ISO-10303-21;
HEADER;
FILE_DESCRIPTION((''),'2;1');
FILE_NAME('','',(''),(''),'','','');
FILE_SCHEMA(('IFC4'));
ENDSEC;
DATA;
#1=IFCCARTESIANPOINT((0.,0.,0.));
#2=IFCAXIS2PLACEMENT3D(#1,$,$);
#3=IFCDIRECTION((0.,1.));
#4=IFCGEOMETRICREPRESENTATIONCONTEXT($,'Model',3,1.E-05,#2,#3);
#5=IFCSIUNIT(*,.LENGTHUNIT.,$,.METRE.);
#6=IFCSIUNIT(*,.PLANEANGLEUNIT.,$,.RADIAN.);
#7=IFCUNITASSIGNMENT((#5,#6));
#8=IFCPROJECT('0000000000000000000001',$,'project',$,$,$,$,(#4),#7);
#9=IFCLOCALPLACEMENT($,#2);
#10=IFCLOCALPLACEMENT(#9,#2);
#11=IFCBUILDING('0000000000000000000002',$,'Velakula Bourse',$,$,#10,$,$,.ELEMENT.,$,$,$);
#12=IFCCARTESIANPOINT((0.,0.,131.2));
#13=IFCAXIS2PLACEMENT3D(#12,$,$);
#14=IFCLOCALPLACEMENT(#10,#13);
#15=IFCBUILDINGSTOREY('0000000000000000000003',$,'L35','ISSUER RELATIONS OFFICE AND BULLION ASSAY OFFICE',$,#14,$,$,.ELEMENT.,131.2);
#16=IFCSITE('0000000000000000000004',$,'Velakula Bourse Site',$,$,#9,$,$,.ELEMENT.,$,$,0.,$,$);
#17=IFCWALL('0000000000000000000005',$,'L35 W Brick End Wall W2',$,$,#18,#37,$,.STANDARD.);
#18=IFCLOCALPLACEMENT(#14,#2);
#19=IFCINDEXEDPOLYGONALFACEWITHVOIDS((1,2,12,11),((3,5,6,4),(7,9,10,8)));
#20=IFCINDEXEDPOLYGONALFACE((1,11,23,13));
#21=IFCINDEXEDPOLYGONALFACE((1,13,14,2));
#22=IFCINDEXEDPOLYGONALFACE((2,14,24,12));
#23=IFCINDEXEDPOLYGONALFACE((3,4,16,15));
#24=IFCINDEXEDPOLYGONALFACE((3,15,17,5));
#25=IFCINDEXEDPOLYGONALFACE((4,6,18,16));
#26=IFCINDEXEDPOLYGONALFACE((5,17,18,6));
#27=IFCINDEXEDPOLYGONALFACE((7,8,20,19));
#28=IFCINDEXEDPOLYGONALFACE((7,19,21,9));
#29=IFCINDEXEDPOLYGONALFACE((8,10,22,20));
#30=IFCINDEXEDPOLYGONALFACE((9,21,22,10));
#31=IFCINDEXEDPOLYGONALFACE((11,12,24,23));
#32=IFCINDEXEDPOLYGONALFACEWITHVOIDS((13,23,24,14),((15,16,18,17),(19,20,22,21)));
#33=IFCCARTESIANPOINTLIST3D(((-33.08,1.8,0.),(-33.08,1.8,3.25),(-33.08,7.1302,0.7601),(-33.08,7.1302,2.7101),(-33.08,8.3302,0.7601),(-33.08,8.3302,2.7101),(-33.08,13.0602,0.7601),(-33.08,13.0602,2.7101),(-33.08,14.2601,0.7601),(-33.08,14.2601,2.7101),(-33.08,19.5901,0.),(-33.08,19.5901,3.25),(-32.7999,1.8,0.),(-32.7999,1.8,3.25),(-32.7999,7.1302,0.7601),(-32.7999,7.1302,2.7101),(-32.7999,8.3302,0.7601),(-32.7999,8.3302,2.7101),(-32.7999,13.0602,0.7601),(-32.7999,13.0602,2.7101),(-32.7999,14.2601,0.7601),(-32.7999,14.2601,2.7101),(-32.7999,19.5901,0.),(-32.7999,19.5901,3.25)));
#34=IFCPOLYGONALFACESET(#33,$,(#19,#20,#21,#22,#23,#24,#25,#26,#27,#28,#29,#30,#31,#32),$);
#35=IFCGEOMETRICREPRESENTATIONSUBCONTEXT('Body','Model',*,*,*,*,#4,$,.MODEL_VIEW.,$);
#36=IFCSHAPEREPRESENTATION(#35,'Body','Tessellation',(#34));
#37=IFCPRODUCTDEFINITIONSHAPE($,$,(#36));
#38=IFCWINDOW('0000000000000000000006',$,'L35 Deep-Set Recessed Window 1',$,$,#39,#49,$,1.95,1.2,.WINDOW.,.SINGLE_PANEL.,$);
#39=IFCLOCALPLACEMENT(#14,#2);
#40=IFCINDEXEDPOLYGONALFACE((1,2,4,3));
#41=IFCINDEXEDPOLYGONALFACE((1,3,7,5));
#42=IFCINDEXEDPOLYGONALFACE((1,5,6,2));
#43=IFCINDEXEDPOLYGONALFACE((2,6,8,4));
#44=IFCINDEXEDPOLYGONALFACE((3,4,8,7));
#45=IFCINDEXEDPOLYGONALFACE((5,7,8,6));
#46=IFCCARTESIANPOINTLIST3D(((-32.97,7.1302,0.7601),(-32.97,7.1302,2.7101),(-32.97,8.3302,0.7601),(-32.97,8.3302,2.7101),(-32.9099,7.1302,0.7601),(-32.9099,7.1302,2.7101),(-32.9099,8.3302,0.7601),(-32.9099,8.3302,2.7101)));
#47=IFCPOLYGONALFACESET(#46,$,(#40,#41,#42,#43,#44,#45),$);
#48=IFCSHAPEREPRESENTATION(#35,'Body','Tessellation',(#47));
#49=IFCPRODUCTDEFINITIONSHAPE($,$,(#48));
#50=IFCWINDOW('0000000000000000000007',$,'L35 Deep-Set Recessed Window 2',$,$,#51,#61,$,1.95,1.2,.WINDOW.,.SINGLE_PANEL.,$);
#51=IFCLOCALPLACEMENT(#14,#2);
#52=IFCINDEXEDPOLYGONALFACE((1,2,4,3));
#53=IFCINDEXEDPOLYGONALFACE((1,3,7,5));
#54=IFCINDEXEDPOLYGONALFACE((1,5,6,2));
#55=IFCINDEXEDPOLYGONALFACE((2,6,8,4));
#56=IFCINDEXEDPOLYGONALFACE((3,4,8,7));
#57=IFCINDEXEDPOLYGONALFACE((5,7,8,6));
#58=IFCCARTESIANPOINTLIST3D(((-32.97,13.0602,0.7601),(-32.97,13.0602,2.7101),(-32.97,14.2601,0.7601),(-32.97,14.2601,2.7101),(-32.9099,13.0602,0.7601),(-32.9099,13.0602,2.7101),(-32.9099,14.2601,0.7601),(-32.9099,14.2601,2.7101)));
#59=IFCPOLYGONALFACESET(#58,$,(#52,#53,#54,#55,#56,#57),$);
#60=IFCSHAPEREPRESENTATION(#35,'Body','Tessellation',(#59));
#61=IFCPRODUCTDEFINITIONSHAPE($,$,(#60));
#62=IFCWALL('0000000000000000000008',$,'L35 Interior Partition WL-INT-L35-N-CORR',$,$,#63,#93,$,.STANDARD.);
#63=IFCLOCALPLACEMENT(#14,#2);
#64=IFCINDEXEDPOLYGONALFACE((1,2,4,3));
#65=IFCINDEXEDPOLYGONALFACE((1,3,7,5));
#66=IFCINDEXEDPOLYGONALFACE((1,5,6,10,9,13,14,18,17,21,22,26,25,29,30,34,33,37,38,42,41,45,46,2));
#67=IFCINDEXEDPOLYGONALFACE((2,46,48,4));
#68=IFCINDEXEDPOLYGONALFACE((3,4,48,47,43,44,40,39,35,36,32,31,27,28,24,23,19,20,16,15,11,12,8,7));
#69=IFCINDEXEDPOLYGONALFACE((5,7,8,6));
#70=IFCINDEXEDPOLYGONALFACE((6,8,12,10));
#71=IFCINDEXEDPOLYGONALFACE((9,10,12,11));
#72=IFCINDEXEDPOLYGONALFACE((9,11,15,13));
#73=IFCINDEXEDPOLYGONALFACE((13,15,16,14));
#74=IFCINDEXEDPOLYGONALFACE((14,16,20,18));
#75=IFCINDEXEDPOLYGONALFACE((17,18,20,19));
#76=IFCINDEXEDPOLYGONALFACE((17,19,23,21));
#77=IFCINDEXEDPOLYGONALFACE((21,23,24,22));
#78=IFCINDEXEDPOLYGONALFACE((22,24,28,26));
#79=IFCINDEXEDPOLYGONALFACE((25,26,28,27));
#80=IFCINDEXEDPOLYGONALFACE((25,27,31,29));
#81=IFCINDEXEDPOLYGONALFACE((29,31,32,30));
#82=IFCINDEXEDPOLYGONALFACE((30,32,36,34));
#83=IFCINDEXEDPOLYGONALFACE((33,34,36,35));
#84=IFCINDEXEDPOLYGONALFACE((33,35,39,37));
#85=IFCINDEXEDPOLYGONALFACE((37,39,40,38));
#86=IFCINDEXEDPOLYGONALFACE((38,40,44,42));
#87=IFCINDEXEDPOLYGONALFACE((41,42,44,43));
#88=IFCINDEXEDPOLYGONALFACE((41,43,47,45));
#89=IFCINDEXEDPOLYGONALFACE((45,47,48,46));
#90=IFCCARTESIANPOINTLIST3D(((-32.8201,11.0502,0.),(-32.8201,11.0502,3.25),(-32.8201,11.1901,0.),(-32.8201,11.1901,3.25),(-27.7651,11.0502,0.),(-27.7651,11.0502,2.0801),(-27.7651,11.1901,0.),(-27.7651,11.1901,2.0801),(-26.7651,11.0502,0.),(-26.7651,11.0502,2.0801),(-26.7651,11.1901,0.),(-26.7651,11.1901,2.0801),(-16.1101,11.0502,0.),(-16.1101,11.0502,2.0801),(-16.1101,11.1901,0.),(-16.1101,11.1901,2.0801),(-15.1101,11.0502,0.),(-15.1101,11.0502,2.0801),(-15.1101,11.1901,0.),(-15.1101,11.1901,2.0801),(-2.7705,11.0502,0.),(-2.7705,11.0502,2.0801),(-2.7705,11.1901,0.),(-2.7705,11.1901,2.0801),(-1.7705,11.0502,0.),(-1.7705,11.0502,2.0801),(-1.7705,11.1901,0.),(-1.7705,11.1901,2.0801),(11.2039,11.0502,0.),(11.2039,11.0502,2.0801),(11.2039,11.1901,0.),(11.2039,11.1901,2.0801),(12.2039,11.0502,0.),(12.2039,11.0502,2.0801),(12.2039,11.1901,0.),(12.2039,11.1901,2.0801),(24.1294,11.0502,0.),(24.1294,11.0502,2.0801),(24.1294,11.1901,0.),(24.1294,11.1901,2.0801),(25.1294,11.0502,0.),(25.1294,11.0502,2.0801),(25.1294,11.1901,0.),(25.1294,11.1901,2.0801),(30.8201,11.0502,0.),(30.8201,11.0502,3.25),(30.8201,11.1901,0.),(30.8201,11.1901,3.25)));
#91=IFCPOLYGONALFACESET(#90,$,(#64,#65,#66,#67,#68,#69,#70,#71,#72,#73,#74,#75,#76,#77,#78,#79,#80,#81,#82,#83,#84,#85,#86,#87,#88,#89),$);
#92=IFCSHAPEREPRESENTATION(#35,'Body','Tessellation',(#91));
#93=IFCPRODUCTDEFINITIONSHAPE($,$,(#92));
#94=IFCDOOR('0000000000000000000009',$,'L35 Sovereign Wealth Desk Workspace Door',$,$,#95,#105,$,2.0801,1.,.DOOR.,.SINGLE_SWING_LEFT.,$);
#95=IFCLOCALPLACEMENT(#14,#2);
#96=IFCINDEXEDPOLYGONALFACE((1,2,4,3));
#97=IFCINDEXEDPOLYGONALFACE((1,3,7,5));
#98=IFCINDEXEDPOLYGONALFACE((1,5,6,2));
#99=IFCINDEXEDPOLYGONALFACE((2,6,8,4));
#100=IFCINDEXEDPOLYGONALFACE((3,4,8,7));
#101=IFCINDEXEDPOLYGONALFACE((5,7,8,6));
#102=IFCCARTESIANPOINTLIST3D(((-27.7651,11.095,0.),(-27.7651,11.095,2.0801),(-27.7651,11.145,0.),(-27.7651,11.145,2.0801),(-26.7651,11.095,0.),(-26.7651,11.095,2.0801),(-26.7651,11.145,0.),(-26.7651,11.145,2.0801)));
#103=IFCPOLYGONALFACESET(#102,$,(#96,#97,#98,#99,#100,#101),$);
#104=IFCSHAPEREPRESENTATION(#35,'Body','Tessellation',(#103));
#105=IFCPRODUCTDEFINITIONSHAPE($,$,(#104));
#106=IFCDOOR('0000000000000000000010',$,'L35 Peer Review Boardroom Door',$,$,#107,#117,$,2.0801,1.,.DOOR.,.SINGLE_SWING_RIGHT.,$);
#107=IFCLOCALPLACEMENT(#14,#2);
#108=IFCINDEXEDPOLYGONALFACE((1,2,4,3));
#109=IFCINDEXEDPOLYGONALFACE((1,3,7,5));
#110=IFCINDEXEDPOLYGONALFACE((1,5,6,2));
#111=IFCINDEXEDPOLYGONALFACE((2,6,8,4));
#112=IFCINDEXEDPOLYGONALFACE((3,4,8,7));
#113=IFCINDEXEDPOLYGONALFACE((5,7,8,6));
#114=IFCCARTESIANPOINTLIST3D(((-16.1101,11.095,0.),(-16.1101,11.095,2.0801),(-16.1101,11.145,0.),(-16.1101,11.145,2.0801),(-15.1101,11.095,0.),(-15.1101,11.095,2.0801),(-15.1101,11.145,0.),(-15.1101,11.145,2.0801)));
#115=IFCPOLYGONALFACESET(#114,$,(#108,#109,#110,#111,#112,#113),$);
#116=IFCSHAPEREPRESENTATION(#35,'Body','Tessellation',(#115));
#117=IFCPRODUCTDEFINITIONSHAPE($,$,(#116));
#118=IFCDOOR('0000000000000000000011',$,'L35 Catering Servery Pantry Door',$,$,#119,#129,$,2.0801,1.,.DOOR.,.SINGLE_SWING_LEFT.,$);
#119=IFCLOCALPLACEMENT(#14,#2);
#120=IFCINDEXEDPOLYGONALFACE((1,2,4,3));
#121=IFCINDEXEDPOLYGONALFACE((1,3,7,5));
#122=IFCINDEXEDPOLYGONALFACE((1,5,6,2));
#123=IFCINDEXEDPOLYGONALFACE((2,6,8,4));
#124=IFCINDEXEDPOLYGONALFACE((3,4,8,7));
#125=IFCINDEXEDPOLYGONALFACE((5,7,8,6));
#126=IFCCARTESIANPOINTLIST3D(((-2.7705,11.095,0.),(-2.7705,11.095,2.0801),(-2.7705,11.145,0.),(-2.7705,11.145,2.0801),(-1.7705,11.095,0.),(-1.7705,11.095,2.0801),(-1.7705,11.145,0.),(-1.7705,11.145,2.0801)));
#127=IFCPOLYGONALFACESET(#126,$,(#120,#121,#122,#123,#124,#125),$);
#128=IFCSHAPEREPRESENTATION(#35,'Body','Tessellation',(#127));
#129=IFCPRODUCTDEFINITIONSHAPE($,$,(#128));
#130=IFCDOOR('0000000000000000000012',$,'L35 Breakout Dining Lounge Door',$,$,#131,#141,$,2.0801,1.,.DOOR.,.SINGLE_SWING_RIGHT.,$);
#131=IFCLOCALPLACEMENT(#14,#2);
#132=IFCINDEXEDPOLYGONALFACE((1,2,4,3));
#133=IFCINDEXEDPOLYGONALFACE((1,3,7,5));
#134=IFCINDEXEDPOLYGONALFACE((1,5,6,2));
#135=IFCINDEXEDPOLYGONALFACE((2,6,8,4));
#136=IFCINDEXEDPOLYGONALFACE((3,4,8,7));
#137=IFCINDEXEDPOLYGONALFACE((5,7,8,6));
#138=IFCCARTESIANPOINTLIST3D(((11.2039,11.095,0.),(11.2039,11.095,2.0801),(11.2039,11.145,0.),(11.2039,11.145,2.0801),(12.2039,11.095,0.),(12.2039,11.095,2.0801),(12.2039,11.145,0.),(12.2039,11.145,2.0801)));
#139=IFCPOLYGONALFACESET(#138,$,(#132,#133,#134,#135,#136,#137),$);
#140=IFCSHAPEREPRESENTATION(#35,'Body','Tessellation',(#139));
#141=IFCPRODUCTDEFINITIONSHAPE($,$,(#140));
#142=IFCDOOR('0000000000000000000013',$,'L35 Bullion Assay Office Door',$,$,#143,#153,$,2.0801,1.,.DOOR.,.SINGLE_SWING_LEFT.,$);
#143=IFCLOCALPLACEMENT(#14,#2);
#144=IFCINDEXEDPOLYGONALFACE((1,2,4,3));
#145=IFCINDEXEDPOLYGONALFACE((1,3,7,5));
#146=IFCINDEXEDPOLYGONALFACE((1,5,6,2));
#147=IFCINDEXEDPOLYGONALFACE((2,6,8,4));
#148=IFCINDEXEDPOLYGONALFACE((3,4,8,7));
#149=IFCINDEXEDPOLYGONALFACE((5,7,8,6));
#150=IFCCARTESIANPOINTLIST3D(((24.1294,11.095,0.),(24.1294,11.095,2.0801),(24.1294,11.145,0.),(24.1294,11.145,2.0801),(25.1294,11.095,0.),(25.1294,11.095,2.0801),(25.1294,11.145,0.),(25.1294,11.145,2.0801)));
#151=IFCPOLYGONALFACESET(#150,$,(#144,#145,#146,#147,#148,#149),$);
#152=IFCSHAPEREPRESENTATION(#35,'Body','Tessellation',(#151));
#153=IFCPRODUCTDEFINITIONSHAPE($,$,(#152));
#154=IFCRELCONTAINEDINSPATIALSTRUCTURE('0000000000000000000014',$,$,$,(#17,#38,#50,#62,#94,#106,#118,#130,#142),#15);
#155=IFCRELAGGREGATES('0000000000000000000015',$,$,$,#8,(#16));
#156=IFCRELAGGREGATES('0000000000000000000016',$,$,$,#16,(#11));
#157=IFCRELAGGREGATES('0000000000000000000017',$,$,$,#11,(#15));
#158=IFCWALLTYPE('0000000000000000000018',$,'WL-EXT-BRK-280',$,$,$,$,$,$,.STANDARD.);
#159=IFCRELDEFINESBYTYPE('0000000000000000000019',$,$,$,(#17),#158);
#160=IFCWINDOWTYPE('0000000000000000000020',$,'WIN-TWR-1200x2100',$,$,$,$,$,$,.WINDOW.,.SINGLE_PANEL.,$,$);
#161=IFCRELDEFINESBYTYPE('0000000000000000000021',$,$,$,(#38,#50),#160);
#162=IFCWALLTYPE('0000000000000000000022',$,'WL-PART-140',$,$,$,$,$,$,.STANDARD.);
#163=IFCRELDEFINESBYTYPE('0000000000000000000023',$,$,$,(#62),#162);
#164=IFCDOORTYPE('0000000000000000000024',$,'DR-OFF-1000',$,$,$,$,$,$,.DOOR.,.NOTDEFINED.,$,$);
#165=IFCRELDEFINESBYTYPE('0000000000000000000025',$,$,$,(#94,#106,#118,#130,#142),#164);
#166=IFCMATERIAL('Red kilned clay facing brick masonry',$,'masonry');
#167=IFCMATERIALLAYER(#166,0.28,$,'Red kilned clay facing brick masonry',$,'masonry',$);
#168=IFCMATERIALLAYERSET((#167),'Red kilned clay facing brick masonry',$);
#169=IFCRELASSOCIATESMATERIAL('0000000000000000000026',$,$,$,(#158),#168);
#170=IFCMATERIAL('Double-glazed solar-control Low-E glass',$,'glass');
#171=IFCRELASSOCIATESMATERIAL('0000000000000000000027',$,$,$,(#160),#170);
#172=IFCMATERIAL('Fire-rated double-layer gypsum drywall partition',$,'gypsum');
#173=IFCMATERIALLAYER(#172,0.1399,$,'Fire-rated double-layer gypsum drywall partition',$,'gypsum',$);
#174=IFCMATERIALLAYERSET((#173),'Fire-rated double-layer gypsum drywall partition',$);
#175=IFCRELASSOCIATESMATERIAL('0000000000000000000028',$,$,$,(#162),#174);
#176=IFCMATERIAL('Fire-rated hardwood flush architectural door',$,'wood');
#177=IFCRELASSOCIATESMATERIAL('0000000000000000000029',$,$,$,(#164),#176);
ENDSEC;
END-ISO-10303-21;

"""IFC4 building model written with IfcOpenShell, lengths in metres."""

from ifc_helpers import new_model, si_unit, direction, frame, frame_2d, origin, place, context, subcontext, project, spatial, rectangle, extrude, material, layer, layer_set, type_object, element, fill, save


model = new_model("IFC4")

# Units and contexts
model_context = context("Model", 3, precision=1e-05, world=origin(), true_north=direction((0.0, 1.0)))
body_context = subcontext(model_context, "Body", "Model", "MODEL_VIEW")
ifc_project = project(units=[si_unit("LENGTHUNIT", "METRE"), si_unit("PLANEANGLEUNIT", "RADIAN")], contexts=[model_context])

# Site, building, storey
site_placement = place(None, origin())
site = spatial("IfcSite", under=ifc_project, at=site_placement, Name="Velakula Bourse Site", CompositionType="ELEMENT", RefElevation=0.0)
building_placement = place(site_placement, origin())
building = spatial("IfcBuilding", under=site, at=building_placement, Name="Velakula Bourse", CompositionType="ELEMENT")
storey_placement = place(building_placement, frame((0.0, 0.0, 131.2)))
storey = spatial("IfcBuildingStorey", under=building, at=storey_placement, Name="L35", Description="ISSUER RELATIONS OFFICE AND BULLION ASSAY OFFICE", CompositionType="ELEMENT", Elevation=131.2)

# Wall, openings, windows
ifc_material_1 = material(Name="Red kilned clay facing brick masonry", Category="masonry")
ifc_layer_1 = layer(ifc_material_1, 0.28, Name="Red kilned clay facing brick masonry", Category="masonry")
ifc_layer_set_1 = layer_set([ifc_layer_1], Name="Red kilned clay facing brick masonry")
wall_type_1 = type_object("IfcWallType", Name="WL-EXT-BRK-280", PredefinedType="STANDARD", material=ifc_layer_set_1)
wall_1_placement = place(storey_placement, frame((-32.9399, 1.8, 0.0), z_axis=(0.0, 0.0, 1.0), x_axis=(0.0, 1.0, 0.0)))
wall_1 = element("IfcWall", 1, at=wall_1_placement, inside=storey, type_object=wall_type_1, Name="L35 W Brick End Wall W2", PredefinedType="STANDARD", context=body_context, shape_type="SweptSolid", body=[
    extrude(rectangle(XDim=17.79, YDim=0.28, at=frame_2d((8.895, 0.0))), origin(), (0.0, 0.0, 1.0), 3.25),
])
opening_1_placement = place(wall_1_placement, frame((5.3301, 0.0, 0.76)))
opening_1 = element("IfcOpeningElement", 2, at=opening_1_placement, cuts=wall_1, PredefinedType="OPENING", context=body_context, shape_type="SweptSolid", body=[
    extrude(rectangle(XDim=1.2, YDim=1.95, at=frame_2d((0.6001, 0.9751))), frame((0.0, 0.1499, 0.0), z_axis=(0.0, -1.0, 0.0), x_axis=(1.0, 0.0, 0.0)), (0.0, 0.0, 1.0), 0.3),
])
opening_2_placement = place(wall_1_placement, frame((11.26, 0.0, 0.76)))
opening_2 = element("IfcOpeningElement", 3, at=opening_2_placement, cuts=wall_1, PredefinedType="OPENING", context=body_context, shape_type="SweptSolid", body=[
    extrude(rectangle(XDim=1.2, YDim=1.95, at=frame_2d((0.6001, 0.9751))), frame((0.0, 0.1499, 0.0), z_axis=(0.0, -1.0, 0.0), x_axis=(1.0, 0.0, 0.0)), (0.0, 0.0, 1.0), 0.3),
])
ifc_material_2 = material(Name="Double-glazed solar-control Low-E glass", Category="glass")
window_type = type_object("IfcWindowType", Name="WIN-TWR-1200x2100", PartitioningType="SINGLE_PANEL", PredefinedType="WINDOW", material=ifc_material_2)
window_1_placement = place(opening_1_placement, origin())
window_1 = element("IfcWindow", 4, at=window_1_placement, inside=storey, type_object=window_type, Name="L35 Deep-Set Recessed Window 1", OverallHeight=1.95, OverallWidth=1.2, PartitioningType="SINGLE_PANEL", PredefinedType="WINDOW", context=body_context, shape_type="SweptSolid", body=[
    extrude(rectangle(XDim=1.2, YDim=1.95, at=frame_2d((0.6001, 0.9751))), frame((0.0, 0.03, 0.0), z_axis=(0.0, -1.0, 0.0), x_axis=(1.0, 0.0, 0.0)), (0.0, 0.0, 1.0), 0.0601),
])
fill(opening_1, window_1)
window_2_placement = place(opening_2_placement, origin())
window_2 = element("IfcWindow", 5, at=window_2_placement, inside=storey, type_object=window_type, Name="L35 Deep-Set Recessed Window 2", OverallHeight=1.95, OverallWidth=1.2, PartitioningType="SINGLE_PANEL", PredefinedType="WINDOW", context=body_context, shape_type="SweptSolid", body=[
    extrude(rectangle(XDim=1.2, YDim=1.95, at=frame_2d((0.6001, 0.9751))), frame((0.0, 0.03, 0.0), z_axis=(0.0, -1.0, 0.0), x_axis=(1.0, 0.0, 0.0)), (0.0, 0.0, 1.0), 0.0601),
])
fill(opening_2, window_2)

# Wall, openings, doors
ifc_material_3 = material(Name="Fire-rated double-layer gypsum drywall partition", Category="gypsum")
ifc_layer_2 = layer(ifc_material_3, 0.1399, Name="Fire-rated double-layer gypsum drywall partition", Category="gypsum")
ifc_layer_set_2 = layer_set([ifc_layer_2], Name="Fire-rated double-layer gypsum drywall partition")
wall_type_2 = type_object("IfcWallType", Name="WL-PART-140", PredefinedType="STANDARD", material=ifc_layer_set_2)
wall_2_placement = place(storey_placement, frame((-32.8201, 11.1201, 0.0), z_axis=(0.0, 0.0, 1.0), x_axis=(1.0, 0.0, 0.0)))
wall_2 = element("IfcWall", 6, at=wall_2_placement, inside=storey, type_object=wall_type_2, Name="L35 Interior Partition WL-INT-L35-N-CORR", PredefinedType="STANDARD", context=body_context, shape_type="SweptSolid", body=[
    extrude(rectangle(XDim=63.6401, YDim=0.1399, at=frame_2d((31.8201, 0.0))), origin(), (0.0, 0.0, 1.0), 3.25),
])
opening_3_placement = place(wall_2_placement, frame((5.0549, 0.0, 0.0)))
opening_3 = element("IfcOpeningElement", 7, at=opening_3_placement, cuts=wall_2, PredefinedType="OPENING", context=body_context, shape_type="SweptSolid", body=[
    extrude(rectangle(XDim=1.0, YDim=2.0801, at=frame_2d((0.5, 1.04))), frame((0.0, 0.0798, 0.0), z_axis=(0.0, -1.0, 0.0), x_axis=(1.0, 0.0, 0.0)), (0.0, 0.0, 1.0), 0.1599),
])
opening_4_placement = place(wall_2_placement, frame((16.71, 0.0, 0.0)))
opening_4 = element("IfcOpeningElement", 8, at=opening_4_placement, cuts=wall_2, PredefinedType="OPENING", context=body_context, shape_type="SweptSolid", body=[
    extrude(rectangle(XDim=1.0, YDim=2.0801, at=frame_2d((0.5, 1.04))), frame((0.0, 0.0798, 0.0), z_axis=(0.0, -1.0, 0.0), x_axis=(1.0, 0.0, 0.0)), (0.0, 0.0, 1.0), 0.1599),
])
opening_5_placement = place(wall_2_placement, frame((30.0496, 0.0, 0.0)))
opening_5 = element("IfcOpeningElement", 9, at=opening_5_placement, cuts=wall_2, PredefinedType="OPENING", context=body_context, shape_type="SweptSolid", body=[
    extrude(rectangle(XDim=1.0, YDim=2.0801, at=frame_2d((0.5, 1.04))), frame((0.0, 0.0798, 0.0), z_axis=(0.0, -1.0, 0.0), x_axis=(1.0, 0.0, 0.0)), (0.0, 0.0, 1.0), 0.1599),
])
opening_6_placement = place(wall_2_placement, frame((44.0239, 0.0, 0.0)))
opening_6 = element("IfcOpeningElement", 10, at=opening_6_placement, cuts=wall_2, PredefinedType="OPENING", context=body_context, shape_type="SweptSolid", body=[
    extrude(rectangle(XDim=1.0, YDim=2.0801, at=frame_2d((0.5, 1.04))), frame((0.0, 0.0798, 0.0), z_axis=(0.0, -1.0, 0.0), x_axis=(1.0, 0.0, 0.0)), (0.0, 0.0, 1.0), 0.1599),
])
opening_7_placement = place(wall_2_placement, frame((56.9495, 0.0, 0.0)))
opening_7 = element("IfcOpeningElement", 11, at=opening_7_placement, cuts=wall_2, PredefinedType="OPENING", context=body_context, shape_type="SweptSolid", body=[
    extrude(rectangle(XDim=1.0, YDim=2.0801, at=frame_2d((0.5, 1.04))), frame((0.0, 0.0798, 0.0), z_axis=(0.0, -1.0, 0.0), x_axis=(1.0, 0.0, 0.0)), (0.0, 0.0, 1.0), 0.1599),
])
ifc_material_4 = material(Name="Fire-rated hardwood flush architectural door", Category="wood")
door_type = type_object("IfcDoorType", Name="DR-OFF-1000", OperationType="NOTDEFINED", PredefinedType="DOOR", material=ifc_material_4)
door_1_placement = place(opening_3_placement, origin())
door_1 = element("IfcDoor", 12, at=door_1_placement, inside=storey, type_object=door_type, Name="L35 Sovereign Wealth Desk Workspace Door", OperationType="SINGLE_SWING_LEFT", OverallHeight=2.0801, OverallWidth=1.0, PredefinedType="DOOR", context=body_context, shape_type="SweptSolid", body=[
    extrude(rectangle(XDim=1.0, YDim=2.0801, at=frame_2d((0.5, 1.04))), frame((0.0, 0.0249, 0.0), z_axis=(0.0, -1.0, 0.0), x_axis=(1.0, 0.0, 0.0)), (0.0, 0.0, 1.0), 0.05),
])
fill(opening_3, door_1)
door_2_placement = place(opening_4_placement, origin())
door_2 = element("IfcDoor", 13, at=door_2_placement, inside=storey, type_object=door_type, Name="L35 Peer Review Boardroom Door", OperationType="SINGLE_SWING_RIGHT", OverallHeight=2.0801, OverallWidth=1.0, PredefinedType="DOOR", context=body_context, shape_type="SweptSolid", body=[
    extrude(rectangle(XDim=1.0, YDim=2.0801, at=frame_2d((0.5, 1.04))), frame((0.0, 0.0249, 0.0), z_axis=(0.0, -1.0, 0.0), x_axis=(1.0, 0.0, 0.0)), (0.0, 0.0, 1.0), 0.05),
])
fill(opening_4, door_2)
door_3_placement = place(opening_5_placement, origin())
door_3 = element("IfcDoor", 14, at=door_3_placement, inside=storey, type_object=door_type, Name="L35 Catering Servery Pantry Door", OperationType="SINGLE_SWING_LEFT", OverallHeight=2.0801, OverallWidth=1.0, PredefinedType="DOOR", context=body_context, shape_type="SweptSolid", body=[
    extrude(rectangle(XDim=1.0, YDim=2.0801, at=frame_2d((0.5, 1.04))), frame((0.0, 0.0249, 0.0), z_axis=(0.0, -1.0, 0.0), x_axis=(1.0, 0.0, 0.0)), (0.0, 0.0, 1.0), 0.05),
])
fill(opening_5, door_3)
door_4_placement = place(opening_6_placement, origin())
door_4 = element("IfcDoor", 15, at=door_4_placement, inside=storey, type_object=door_type, Name="L35 Breakout Dining Lounge Door", OperationType="SINGLE_SWING_RIGHT", OverallHeight=2.0801, OverallWidth=1.0, PredefinedType="DOOR", context=body_context, shape_type="SweptSolid", body=[
    extrude(rectangle(XDim=1.0, YDim=2.0801, at=frame_2d((0.5, 1.04))), frame((0.0, 0.0249, 0.0), z_axis=(0.0, -1.0, 0.0), x_axis=(1.0, 0.0, 0.0)), (0.0, 0.0, 1.0), 0.05),
])
fill(opening_6, door_4)
door_5_placement = place(opening_7_placement, origin())
door_5 = element("IfcDoor", 16, at=door_5_placement, inside=storey, type_object=door_type, Name="L35 Bullion Assay Office Door", OperationType="SINGLE_SWING_LEFT", OverallHeight=2.0801, OverallWidth=1.0, PredefinedType="DOOR", context=body_context, shape_type="SweptSolid", body=[
    extrude(rectangle(XDim=1.0, YDim=2.0801, at=frame_2d((0.5, 1.04))), frame((0.0, 0.0249, 0.0), z_axis=(0.0, -1.0, 0.0), x_axis=(1.0, 0.0, 0.0)), (0.0, 0.0, 1.0), 0.05),
])
fill(opening_7, door_5)

save(model, "model.ifc")
